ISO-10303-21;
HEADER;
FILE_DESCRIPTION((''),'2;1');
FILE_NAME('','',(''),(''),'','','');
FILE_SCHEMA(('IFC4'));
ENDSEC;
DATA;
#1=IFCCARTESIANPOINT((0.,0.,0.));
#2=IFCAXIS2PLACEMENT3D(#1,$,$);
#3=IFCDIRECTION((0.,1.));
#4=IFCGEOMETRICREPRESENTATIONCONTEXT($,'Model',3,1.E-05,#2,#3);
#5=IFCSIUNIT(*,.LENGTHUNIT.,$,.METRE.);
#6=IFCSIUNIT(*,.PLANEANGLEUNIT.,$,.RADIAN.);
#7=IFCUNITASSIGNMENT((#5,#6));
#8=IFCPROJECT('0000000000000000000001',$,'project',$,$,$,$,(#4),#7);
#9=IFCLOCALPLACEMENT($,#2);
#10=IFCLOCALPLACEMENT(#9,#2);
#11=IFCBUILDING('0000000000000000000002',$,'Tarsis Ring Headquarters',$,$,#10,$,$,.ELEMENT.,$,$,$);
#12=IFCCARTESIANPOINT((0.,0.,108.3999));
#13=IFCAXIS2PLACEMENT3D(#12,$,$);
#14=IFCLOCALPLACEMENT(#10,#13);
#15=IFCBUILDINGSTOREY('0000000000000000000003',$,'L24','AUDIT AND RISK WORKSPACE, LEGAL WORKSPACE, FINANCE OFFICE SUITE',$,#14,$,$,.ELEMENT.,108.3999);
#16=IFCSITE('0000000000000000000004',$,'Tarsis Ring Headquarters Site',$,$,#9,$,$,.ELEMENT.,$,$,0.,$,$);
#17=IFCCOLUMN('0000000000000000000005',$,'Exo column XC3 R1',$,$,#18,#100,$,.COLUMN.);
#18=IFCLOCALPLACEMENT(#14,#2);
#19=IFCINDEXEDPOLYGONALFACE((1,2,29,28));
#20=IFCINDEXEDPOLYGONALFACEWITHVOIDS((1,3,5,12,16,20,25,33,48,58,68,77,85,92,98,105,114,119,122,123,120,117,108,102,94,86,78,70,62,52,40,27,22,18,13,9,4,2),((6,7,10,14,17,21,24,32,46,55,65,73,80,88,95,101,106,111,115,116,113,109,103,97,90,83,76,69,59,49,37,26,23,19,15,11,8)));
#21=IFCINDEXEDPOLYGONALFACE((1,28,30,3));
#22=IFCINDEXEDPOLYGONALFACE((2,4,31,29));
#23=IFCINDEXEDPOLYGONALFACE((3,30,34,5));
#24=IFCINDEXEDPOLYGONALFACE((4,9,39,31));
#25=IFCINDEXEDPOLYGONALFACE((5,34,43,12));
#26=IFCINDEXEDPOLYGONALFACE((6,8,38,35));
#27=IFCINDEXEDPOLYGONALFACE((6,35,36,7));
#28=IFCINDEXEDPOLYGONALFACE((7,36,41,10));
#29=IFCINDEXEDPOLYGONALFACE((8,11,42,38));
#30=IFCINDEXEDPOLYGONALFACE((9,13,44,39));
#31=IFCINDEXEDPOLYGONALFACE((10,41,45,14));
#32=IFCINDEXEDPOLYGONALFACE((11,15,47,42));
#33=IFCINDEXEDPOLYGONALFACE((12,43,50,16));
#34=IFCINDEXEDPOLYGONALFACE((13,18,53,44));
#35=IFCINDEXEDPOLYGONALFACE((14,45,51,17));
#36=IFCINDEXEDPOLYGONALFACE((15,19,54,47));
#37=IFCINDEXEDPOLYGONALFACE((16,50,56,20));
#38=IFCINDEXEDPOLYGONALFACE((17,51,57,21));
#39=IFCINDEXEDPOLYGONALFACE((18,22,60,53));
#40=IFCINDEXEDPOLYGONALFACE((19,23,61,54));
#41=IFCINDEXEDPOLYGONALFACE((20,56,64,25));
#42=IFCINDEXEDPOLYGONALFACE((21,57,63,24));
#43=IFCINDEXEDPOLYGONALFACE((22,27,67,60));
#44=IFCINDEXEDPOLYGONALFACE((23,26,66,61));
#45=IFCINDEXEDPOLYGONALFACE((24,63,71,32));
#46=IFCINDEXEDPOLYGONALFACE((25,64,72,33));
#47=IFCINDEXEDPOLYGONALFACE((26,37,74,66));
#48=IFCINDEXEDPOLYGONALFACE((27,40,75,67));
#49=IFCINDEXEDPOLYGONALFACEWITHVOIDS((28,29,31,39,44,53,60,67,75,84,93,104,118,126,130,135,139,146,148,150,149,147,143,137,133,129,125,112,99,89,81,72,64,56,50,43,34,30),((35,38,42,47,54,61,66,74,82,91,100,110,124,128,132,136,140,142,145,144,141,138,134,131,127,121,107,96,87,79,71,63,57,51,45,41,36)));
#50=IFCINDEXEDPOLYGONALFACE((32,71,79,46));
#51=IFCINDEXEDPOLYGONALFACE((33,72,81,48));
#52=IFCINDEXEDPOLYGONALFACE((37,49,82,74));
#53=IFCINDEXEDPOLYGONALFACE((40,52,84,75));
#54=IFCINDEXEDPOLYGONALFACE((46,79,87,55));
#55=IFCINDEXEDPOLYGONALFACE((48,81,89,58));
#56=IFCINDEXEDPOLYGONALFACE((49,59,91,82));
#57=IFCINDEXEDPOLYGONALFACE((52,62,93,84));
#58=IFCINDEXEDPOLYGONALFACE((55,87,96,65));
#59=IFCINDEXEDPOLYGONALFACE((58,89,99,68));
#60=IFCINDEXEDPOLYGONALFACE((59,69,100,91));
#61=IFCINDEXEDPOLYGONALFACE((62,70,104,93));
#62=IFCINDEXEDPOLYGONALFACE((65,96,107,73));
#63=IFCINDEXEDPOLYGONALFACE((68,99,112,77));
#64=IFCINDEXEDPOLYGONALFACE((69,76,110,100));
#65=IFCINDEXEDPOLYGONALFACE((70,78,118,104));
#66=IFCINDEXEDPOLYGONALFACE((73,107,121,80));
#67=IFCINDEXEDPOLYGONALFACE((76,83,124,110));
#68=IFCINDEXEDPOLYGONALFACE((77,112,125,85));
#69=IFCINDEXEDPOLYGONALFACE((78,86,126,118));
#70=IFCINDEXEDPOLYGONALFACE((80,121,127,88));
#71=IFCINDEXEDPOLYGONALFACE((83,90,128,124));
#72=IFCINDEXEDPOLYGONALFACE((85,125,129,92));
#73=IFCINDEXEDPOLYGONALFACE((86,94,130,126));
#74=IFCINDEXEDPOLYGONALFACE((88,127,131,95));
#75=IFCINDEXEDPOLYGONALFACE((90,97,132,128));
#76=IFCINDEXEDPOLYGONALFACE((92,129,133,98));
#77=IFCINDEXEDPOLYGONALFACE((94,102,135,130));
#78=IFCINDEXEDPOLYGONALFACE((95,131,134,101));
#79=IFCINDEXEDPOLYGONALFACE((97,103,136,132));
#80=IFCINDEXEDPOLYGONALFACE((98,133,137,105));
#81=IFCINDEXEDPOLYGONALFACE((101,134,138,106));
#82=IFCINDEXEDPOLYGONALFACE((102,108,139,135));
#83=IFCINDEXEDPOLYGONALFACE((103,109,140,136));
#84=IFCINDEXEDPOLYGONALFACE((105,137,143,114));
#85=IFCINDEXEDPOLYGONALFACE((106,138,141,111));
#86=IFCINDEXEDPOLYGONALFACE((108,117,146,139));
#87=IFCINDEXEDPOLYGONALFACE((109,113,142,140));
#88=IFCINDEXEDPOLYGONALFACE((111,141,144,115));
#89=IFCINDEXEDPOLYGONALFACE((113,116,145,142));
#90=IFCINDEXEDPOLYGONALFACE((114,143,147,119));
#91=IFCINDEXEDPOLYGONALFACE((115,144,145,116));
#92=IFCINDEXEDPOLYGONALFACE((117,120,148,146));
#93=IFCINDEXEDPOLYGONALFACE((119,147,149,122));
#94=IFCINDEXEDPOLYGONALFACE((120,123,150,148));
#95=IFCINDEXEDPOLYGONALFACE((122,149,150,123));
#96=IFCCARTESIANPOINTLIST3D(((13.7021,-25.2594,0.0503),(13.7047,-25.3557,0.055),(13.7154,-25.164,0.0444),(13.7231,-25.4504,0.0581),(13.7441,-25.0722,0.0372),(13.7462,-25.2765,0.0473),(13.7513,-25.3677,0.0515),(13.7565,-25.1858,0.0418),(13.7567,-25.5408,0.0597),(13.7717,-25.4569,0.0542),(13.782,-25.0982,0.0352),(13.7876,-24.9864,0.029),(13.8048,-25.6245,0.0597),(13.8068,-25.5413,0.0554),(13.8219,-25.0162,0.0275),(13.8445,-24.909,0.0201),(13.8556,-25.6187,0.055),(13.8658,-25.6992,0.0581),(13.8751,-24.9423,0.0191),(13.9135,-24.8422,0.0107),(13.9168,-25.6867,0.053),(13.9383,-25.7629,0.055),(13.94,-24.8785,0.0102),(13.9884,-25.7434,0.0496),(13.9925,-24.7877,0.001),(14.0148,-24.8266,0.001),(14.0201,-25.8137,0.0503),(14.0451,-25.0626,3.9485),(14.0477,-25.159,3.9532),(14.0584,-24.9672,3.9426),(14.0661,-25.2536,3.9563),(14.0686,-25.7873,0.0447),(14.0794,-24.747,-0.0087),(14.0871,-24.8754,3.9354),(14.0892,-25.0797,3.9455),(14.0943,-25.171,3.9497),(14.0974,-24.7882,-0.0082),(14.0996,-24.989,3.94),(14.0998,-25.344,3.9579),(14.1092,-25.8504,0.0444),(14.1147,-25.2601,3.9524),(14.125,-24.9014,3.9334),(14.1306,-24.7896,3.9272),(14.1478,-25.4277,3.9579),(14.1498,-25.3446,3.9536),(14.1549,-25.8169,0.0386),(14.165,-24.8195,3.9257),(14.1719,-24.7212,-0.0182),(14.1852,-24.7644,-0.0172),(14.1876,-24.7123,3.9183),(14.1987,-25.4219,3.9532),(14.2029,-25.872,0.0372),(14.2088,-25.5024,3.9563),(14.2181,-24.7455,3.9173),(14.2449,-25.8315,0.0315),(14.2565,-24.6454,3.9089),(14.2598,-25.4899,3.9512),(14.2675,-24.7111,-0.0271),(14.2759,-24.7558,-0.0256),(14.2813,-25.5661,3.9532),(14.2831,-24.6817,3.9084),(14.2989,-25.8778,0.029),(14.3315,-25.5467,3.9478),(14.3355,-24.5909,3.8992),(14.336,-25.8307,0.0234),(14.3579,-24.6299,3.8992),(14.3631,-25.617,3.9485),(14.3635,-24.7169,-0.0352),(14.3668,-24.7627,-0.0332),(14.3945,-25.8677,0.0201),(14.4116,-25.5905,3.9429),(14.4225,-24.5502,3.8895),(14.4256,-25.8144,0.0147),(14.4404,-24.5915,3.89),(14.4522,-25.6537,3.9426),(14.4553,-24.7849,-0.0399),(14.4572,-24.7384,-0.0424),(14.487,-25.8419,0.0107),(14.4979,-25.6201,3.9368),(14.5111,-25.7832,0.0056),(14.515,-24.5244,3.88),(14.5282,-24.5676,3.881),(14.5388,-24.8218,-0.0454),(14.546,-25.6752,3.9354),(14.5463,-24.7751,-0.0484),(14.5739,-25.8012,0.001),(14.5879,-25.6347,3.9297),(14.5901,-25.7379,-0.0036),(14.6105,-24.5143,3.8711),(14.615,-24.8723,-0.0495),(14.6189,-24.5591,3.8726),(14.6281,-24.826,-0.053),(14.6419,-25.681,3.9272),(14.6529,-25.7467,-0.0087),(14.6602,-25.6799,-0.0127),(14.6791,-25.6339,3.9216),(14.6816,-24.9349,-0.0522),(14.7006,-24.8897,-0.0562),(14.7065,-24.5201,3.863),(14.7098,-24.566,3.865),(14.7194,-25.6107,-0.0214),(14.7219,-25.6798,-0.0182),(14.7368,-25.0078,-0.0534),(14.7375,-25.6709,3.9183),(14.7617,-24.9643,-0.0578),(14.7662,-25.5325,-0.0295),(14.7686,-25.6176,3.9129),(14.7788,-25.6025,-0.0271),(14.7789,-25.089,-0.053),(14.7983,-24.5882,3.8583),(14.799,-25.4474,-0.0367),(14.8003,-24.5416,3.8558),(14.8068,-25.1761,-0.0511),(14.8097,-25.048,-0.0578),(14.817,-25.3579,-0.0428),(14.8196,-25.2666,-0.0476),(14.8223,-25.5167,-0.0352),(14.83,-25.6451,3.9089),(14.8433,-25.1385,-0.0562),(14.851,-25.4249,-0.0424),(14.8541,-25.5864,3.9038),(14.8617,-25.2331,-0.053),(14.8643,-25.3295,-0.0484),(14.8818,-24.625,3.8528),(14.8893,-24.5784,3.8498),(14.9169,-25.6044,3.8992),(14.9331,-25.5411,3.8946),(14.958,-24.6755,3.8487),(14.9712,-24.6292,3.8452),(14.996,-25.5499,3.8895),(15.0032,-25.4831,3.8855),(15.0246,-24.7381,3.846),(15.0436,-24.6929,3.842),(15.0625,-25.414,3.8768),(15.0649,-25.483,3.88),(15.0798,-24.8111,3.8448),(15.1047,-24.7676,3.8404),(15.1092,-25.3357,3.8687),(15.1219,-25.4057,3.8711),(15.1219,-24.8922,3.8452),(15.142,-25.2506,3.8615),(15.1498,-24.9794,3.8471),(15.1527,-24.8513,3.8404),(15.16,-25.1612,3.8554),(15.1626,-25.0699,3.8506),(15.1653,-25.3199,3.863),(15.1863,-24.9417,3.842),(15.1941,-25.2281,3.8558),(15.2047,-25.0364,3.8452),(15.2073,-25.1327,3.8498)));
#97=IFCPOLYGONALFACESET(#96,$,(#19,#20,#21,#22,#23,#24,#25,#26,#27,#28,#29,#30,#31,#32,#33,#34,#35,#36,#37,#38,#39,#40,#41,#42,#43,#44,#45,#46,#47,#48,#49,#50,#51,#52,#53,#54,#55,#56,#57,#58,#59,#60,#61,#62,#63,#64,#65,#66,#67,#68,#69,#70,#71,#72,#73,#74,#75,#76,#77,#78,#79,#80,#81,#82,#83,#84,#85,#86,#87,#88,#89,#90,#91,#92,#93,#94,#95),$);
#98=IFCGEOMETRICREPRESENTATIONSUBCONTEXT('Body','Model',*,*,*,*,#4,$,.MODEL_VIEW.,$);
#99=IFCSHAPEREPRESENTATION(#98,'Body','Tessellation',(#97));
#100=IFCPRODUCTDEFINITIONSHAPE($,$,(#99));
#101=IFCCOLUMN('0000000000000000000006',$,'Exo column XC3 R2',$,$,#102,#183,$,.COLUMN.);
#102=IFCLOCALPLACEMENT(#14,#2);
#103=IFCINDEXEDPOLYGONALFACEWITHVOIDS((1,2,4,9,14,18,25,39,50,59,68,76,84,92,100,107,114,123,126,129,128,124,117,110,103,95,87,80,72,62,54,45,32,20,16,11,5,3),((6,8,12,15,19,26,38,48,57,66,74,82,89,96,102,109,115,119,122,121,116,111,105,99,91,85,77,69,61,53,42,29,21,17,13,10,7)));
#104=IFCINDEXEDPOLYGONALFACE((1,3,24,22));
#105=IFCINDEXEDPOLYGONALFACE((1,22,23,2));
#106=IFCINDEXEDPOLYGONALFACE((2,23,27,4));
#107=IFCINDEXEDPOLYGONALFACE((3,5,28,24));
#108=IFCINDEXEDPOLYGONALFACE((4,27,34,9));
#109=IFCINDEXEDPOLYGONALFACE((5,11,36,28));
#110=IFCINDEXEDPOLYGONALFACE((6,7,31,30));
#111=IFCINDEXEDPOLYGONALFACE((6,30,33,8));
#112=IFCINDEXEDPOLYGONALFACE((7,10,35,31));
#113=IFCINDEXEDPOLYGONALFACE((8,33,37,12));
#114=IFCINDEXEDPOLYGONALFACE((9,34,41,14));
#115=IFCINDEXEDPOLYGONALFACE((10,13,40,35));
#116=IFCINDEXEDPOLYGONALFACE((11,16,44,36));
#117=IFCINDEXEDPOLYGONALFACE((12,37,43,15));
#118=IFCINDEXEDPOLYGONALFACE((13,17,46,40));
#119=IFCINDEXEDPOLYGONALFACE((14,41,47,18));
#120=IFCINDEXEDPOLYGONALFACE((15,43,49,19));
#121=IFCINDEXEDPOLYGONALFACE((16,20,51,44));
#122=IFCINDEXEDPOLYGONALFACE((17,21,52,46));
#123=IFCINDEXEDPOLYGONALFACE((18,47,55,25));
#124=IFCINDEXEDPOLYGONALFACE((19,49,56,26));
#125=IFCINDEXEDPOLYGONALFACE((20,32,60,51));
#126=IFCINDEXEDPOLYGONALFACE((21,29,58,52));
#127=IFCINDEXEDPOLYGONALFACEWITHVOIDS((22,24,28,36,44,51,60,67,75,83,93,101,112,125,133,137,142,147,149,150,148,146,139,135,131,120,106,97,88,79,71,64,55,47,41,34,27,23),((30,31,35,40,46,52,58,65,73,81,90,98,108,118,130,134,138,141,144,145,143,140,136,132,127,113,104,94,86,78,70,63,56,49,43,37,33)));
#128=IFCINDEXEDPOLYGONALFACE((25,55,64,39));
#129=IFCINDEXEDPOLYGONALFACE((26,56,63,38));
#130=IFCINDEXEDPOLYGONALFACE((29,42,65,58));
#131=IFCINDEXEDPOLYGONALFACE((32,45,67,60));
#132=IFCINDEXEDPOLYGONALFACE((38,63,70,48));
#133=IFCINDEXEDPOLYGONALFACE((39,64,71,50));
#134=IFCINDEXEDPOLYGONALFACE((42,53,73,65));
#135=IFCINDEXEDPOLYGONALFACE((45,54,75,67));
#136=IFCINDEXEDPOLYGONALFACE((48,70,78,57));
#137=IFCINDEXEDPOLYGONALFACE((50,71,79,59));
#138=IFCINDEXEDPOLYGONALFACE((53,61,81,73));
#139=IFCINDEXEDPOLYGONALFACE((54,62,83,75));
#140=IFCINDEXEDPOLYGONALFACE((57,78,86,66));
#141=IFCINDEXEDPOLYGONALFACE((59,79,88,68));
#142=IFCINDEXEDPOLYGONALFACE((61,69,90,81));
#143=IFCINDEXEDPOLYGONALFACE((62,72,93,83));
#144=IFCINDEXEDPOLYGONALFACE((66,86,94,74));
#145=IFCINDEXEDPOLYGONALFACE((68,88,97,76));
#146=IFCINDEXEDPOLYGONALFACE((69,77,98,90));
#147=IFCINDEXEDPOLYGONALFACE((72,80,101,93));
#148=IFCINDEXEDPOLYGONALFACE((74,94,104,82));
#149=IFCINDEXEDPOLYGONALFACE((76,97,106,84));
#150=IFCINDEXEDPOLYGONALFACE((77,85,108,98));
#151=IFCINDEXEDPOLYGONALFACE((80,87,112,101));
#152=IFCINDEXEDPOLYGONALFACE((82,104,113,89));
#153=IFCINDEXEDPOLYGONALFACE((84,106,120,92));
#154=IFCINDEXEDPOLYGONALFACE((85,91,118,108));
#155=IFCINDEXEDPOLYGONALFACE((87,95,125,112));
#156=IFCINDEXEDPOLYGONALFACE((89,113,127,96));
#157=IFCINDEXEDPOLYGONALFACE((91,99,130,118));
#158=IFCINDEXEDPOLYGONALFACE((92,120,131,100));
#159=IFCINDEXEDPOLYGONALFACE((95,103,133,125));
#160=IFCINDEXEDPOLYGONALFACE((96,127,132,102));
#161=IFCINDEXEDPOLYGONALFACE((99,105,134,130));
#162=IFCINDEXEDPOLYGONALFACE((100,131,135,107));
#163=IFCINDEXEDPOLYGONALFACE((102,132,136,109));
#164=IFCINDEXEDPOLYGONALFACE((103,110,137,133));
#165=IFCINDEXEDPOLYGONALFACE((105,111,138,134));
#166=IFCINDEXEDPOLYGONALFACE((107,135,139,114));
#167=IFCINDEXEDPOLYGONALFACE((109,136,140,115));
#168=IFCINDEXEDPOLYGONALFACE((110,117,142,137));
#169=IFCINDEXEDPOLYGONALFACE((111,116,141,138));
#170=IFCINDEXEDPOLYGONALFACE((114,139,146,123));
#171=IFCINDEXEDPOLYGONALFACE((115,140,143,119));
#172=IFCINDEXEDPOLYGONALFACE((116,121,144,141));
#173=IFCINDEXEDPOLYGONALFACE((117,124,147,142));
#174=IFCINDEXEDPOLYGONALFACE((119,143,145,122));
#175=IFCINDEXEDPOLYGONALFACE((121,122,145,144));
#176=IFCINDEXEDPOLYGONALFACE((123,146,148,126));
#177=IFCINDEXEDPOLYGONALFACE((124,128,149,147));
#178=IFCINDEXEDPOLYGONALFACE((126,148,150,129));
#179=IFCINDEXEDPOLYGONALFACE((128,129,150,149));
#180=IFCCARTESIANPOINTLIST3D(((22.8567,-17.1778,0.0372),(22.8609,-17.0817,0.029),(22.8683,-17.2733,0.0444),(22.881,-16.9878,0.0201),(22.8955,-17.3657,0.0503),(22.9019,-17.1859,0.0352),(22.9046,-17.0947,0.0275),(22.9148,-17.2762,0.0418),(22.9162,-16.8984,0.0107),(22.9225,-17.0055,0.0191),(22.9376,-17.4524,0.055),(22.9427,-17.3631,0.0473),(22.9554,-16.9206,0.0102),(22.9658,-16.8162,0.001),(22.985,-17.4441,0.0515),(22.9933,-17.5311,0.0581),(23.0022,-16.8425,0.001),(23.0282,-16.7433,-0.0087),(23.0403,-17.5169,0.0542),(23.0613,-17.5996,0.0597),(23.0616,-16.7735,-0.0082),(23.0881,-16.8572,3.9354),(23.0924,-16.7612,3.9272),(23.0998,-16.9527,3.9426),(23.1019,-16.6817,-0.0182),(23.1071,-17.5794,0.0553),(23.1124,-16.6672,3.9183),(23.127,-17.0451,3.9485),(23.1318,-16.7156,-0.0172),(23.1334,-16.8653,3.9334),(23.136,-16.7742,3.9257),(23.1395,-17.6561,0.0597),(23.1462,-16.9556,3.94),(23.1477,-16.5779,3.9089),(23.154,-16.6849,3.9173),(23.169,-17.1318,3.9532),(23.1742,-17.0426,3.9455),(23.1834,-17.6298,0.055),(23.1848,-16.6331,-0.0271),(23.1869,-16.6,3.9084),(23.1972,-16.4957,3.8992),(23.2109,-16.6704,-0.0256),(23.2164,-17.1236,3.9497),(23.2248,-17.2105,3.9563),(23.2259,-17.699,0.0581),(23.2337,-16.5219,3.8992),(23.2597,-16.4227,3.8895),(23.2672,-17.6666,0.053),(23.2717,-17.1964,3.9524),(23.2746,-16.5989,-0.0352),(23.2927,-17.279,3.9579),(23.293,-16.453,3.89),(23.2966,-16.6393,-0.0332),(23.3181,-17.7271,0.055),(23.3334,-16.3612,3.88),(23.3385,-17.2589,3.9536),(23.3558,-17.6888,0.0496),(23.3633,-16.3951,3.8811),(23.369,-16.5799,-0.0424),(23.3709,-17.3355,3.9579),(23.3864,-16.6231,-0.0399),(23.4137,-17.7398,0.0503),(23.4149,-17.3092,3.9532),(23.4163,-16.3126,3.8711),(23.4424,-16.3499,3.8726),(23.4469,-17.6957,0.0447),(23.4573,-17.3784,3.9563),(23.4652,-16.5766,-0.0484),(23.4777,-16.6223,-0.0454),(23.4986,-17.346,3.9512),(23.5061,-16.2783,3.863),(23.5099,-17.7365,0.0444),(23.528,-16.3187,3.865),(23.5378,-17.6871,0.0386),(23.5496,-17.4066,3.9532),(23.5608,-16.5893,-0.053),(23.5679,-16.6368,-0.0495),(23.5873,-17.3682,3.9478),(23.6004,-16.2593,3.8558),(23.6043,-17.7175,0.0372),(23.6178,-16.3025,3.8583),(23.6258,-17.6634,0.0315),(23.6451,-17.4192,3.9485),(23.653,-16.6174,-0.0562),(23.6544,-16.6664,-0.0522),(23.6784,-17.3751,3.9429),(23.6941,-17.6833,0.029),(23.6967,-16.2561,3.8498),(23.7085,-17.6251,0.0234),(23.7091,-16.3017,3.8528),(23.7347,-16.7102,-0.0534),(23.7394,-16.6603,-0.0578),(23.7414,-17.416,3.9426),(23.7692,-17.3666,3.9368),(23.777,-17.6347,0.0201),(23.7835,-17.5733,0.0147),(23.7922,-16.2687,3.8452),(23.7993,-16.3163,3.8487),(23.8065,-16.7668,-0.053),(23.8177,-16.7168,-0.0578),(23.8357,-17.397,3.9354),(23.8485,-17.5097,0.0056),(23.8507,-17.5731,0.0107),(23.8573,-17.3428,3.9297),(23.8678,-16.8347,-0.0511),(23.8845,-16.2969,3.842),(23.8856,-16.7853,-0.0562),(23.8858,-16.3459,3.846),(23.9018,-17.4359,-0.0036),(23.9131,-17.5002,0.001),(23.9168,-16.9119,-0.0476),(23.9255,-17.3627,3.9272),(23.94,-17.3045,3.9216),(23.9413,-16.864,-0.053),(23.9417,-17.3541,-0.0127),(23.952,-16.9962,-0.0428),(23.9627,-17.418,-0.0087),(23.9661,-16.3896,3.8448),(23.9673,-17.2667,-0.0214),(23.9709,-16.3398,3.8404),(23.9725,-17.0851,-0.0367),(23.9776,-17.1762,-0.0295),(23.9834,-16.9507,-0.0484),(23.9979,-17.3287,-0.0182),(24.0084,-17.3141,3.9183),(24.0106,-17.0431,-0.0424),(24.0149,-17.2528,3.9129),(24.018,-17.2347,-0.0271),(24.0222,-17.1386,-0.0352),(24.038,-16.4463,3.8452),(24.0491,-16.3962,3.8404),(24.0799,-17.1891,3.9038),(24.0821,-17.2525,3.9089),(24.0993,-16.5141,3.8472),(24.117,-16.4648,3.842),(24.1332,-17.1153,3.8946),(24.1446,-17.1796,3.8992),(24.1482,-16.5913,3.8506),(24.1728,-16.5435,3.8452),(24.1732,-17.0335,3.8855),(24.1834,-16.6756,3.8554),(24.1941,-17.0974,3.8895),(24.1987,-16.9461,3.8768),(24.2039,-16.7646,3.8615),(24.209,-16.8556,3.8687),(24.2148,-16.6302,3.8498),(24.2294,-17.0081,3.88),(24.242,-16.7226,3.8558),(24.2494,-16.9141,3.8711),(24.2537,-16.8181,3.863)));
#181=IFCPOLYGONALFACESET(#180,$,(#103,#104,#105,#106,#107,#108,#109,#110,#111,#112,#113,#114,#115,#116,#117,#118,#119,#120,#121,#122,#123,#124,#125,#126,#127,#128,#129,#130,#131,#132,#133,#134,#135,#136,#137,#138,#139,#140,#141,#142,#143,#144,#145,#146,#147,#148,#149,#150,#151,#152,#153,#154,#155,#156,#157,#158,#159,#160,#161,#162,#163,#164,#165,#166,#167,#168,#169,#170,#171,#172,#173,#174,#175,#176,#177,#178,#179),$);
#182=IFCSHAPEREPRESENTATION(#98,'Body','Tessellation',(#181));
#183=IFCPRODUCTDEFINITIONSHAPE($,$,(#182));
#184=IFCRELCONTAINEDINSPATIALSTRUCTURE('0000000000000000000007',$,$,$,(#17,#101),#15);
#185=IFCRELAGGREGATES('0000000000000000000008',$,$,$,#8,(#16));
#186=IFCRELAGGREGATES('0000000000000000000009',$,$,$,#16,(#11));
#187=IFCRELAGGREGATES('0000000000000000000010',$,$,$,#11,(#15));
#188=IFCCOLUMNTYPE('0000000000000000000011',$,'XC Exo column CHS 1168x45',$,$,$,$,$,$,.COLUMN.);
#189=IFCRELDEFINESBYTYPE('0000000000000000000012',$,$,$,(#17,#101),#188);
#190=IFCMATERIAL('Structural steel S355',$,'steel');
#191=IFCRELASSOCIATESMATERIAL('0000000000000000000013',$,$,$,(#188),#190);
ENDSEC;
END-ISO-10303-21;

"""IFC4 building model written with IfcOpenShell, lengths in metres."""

from ifc_helpers import new_model, si_unit, direction, frame, origin, origin_2d, place, context, subcontext, project, spatial, hollow_circle, extrude, material, material_profile, profile_set, type_object, element, save


model = new_model("IFC4")

# Units and contexts
model_context = context("Model", 3, precision=1e-05, world=origin(), true_north=direction((0.0, 1.0)))
body_context = subcontext(model_context, "Body", "Model", "MODEL_VIEW")
ifc_project = project(units=[si_unit("LENGTHUNIT", "METRE"), si_unit("PLANEANGLEUNIT", "RADIAN")], contexts=[model_context])

# Site, building, storey
site_placement = place(None, origin())
site = spatial("IfcSite", under=ifc_project, at=site_placement, Name="Tarsis Ring Headquarters Site", CompositionType="ELEMENT", RefElevation=0.0)
building_placement = place(site_placement, origin())
building = spatial("IfcBuilding", under=site, at=building_placement, Name="Tarsis Ring Headquarters", CompositionType="ELEMENT")
storey_placement = place(building_placement, frame((0.0, 0.0, 108.3999)))
storey = spatial("IfcBuildingStorey", under=building, at=storey_placement, Name="L24", Description="AUDIT AND RISK WORKSPACE, LEGAL WORKSPACE, FINANCE OFFICE SUITE", CompositionType="ELEMENT", Elevation=108.3999)

# Columns
ifc_material_1 = material(Name="Structural steel S355", Category="steel")
ifc_material_profile_1 = material_profile(ifc_material_1, hollow_circle(Radius=0.5842, WallThickness=0.0449, at=origin_2d()), Name="CHS 1168x45")
ifc_profile_set_1 = profile_set([ifc_material_profile_1], Name="Structural steel S355")
column_type = type_object("IfcColumnType", Name="XC Exo column CHS 1168x45", PredefinedType="COLUMN", material=ifc_profile_set_1)
for number, where, z_axis, x_axis, name in (
    (1, (14.2832, -25.2944, 0.001), (0.087545, 0.050221, 0.994894), (-0.497601, 0.867406, 0.0), "Exo column XC3 R1"),
    (2, (23.4395, -17.1582, 0.001), (0.059069, 0.081812, 0.994896), (-0.810761, 0.585378, 0.0), "Exo column XC3 R2"),
):
    element("IfcColumn", number, at=place(storey_placement, frame(where, z_axis=z_axis, x_axis=x_axis)), inside=storey, type_object=column_type, Name=name, PredefinedType="COLUMN", context=body_context, shape_type="SweptSolid", body=[
        extrude(hollow_circle(Radius=0.5842, WallThickness=0.0449, at=origin_2d()), origin(), (0.0, 0.0, 1.0), 3.9182),
    ])

save(model, "model.ifc")
